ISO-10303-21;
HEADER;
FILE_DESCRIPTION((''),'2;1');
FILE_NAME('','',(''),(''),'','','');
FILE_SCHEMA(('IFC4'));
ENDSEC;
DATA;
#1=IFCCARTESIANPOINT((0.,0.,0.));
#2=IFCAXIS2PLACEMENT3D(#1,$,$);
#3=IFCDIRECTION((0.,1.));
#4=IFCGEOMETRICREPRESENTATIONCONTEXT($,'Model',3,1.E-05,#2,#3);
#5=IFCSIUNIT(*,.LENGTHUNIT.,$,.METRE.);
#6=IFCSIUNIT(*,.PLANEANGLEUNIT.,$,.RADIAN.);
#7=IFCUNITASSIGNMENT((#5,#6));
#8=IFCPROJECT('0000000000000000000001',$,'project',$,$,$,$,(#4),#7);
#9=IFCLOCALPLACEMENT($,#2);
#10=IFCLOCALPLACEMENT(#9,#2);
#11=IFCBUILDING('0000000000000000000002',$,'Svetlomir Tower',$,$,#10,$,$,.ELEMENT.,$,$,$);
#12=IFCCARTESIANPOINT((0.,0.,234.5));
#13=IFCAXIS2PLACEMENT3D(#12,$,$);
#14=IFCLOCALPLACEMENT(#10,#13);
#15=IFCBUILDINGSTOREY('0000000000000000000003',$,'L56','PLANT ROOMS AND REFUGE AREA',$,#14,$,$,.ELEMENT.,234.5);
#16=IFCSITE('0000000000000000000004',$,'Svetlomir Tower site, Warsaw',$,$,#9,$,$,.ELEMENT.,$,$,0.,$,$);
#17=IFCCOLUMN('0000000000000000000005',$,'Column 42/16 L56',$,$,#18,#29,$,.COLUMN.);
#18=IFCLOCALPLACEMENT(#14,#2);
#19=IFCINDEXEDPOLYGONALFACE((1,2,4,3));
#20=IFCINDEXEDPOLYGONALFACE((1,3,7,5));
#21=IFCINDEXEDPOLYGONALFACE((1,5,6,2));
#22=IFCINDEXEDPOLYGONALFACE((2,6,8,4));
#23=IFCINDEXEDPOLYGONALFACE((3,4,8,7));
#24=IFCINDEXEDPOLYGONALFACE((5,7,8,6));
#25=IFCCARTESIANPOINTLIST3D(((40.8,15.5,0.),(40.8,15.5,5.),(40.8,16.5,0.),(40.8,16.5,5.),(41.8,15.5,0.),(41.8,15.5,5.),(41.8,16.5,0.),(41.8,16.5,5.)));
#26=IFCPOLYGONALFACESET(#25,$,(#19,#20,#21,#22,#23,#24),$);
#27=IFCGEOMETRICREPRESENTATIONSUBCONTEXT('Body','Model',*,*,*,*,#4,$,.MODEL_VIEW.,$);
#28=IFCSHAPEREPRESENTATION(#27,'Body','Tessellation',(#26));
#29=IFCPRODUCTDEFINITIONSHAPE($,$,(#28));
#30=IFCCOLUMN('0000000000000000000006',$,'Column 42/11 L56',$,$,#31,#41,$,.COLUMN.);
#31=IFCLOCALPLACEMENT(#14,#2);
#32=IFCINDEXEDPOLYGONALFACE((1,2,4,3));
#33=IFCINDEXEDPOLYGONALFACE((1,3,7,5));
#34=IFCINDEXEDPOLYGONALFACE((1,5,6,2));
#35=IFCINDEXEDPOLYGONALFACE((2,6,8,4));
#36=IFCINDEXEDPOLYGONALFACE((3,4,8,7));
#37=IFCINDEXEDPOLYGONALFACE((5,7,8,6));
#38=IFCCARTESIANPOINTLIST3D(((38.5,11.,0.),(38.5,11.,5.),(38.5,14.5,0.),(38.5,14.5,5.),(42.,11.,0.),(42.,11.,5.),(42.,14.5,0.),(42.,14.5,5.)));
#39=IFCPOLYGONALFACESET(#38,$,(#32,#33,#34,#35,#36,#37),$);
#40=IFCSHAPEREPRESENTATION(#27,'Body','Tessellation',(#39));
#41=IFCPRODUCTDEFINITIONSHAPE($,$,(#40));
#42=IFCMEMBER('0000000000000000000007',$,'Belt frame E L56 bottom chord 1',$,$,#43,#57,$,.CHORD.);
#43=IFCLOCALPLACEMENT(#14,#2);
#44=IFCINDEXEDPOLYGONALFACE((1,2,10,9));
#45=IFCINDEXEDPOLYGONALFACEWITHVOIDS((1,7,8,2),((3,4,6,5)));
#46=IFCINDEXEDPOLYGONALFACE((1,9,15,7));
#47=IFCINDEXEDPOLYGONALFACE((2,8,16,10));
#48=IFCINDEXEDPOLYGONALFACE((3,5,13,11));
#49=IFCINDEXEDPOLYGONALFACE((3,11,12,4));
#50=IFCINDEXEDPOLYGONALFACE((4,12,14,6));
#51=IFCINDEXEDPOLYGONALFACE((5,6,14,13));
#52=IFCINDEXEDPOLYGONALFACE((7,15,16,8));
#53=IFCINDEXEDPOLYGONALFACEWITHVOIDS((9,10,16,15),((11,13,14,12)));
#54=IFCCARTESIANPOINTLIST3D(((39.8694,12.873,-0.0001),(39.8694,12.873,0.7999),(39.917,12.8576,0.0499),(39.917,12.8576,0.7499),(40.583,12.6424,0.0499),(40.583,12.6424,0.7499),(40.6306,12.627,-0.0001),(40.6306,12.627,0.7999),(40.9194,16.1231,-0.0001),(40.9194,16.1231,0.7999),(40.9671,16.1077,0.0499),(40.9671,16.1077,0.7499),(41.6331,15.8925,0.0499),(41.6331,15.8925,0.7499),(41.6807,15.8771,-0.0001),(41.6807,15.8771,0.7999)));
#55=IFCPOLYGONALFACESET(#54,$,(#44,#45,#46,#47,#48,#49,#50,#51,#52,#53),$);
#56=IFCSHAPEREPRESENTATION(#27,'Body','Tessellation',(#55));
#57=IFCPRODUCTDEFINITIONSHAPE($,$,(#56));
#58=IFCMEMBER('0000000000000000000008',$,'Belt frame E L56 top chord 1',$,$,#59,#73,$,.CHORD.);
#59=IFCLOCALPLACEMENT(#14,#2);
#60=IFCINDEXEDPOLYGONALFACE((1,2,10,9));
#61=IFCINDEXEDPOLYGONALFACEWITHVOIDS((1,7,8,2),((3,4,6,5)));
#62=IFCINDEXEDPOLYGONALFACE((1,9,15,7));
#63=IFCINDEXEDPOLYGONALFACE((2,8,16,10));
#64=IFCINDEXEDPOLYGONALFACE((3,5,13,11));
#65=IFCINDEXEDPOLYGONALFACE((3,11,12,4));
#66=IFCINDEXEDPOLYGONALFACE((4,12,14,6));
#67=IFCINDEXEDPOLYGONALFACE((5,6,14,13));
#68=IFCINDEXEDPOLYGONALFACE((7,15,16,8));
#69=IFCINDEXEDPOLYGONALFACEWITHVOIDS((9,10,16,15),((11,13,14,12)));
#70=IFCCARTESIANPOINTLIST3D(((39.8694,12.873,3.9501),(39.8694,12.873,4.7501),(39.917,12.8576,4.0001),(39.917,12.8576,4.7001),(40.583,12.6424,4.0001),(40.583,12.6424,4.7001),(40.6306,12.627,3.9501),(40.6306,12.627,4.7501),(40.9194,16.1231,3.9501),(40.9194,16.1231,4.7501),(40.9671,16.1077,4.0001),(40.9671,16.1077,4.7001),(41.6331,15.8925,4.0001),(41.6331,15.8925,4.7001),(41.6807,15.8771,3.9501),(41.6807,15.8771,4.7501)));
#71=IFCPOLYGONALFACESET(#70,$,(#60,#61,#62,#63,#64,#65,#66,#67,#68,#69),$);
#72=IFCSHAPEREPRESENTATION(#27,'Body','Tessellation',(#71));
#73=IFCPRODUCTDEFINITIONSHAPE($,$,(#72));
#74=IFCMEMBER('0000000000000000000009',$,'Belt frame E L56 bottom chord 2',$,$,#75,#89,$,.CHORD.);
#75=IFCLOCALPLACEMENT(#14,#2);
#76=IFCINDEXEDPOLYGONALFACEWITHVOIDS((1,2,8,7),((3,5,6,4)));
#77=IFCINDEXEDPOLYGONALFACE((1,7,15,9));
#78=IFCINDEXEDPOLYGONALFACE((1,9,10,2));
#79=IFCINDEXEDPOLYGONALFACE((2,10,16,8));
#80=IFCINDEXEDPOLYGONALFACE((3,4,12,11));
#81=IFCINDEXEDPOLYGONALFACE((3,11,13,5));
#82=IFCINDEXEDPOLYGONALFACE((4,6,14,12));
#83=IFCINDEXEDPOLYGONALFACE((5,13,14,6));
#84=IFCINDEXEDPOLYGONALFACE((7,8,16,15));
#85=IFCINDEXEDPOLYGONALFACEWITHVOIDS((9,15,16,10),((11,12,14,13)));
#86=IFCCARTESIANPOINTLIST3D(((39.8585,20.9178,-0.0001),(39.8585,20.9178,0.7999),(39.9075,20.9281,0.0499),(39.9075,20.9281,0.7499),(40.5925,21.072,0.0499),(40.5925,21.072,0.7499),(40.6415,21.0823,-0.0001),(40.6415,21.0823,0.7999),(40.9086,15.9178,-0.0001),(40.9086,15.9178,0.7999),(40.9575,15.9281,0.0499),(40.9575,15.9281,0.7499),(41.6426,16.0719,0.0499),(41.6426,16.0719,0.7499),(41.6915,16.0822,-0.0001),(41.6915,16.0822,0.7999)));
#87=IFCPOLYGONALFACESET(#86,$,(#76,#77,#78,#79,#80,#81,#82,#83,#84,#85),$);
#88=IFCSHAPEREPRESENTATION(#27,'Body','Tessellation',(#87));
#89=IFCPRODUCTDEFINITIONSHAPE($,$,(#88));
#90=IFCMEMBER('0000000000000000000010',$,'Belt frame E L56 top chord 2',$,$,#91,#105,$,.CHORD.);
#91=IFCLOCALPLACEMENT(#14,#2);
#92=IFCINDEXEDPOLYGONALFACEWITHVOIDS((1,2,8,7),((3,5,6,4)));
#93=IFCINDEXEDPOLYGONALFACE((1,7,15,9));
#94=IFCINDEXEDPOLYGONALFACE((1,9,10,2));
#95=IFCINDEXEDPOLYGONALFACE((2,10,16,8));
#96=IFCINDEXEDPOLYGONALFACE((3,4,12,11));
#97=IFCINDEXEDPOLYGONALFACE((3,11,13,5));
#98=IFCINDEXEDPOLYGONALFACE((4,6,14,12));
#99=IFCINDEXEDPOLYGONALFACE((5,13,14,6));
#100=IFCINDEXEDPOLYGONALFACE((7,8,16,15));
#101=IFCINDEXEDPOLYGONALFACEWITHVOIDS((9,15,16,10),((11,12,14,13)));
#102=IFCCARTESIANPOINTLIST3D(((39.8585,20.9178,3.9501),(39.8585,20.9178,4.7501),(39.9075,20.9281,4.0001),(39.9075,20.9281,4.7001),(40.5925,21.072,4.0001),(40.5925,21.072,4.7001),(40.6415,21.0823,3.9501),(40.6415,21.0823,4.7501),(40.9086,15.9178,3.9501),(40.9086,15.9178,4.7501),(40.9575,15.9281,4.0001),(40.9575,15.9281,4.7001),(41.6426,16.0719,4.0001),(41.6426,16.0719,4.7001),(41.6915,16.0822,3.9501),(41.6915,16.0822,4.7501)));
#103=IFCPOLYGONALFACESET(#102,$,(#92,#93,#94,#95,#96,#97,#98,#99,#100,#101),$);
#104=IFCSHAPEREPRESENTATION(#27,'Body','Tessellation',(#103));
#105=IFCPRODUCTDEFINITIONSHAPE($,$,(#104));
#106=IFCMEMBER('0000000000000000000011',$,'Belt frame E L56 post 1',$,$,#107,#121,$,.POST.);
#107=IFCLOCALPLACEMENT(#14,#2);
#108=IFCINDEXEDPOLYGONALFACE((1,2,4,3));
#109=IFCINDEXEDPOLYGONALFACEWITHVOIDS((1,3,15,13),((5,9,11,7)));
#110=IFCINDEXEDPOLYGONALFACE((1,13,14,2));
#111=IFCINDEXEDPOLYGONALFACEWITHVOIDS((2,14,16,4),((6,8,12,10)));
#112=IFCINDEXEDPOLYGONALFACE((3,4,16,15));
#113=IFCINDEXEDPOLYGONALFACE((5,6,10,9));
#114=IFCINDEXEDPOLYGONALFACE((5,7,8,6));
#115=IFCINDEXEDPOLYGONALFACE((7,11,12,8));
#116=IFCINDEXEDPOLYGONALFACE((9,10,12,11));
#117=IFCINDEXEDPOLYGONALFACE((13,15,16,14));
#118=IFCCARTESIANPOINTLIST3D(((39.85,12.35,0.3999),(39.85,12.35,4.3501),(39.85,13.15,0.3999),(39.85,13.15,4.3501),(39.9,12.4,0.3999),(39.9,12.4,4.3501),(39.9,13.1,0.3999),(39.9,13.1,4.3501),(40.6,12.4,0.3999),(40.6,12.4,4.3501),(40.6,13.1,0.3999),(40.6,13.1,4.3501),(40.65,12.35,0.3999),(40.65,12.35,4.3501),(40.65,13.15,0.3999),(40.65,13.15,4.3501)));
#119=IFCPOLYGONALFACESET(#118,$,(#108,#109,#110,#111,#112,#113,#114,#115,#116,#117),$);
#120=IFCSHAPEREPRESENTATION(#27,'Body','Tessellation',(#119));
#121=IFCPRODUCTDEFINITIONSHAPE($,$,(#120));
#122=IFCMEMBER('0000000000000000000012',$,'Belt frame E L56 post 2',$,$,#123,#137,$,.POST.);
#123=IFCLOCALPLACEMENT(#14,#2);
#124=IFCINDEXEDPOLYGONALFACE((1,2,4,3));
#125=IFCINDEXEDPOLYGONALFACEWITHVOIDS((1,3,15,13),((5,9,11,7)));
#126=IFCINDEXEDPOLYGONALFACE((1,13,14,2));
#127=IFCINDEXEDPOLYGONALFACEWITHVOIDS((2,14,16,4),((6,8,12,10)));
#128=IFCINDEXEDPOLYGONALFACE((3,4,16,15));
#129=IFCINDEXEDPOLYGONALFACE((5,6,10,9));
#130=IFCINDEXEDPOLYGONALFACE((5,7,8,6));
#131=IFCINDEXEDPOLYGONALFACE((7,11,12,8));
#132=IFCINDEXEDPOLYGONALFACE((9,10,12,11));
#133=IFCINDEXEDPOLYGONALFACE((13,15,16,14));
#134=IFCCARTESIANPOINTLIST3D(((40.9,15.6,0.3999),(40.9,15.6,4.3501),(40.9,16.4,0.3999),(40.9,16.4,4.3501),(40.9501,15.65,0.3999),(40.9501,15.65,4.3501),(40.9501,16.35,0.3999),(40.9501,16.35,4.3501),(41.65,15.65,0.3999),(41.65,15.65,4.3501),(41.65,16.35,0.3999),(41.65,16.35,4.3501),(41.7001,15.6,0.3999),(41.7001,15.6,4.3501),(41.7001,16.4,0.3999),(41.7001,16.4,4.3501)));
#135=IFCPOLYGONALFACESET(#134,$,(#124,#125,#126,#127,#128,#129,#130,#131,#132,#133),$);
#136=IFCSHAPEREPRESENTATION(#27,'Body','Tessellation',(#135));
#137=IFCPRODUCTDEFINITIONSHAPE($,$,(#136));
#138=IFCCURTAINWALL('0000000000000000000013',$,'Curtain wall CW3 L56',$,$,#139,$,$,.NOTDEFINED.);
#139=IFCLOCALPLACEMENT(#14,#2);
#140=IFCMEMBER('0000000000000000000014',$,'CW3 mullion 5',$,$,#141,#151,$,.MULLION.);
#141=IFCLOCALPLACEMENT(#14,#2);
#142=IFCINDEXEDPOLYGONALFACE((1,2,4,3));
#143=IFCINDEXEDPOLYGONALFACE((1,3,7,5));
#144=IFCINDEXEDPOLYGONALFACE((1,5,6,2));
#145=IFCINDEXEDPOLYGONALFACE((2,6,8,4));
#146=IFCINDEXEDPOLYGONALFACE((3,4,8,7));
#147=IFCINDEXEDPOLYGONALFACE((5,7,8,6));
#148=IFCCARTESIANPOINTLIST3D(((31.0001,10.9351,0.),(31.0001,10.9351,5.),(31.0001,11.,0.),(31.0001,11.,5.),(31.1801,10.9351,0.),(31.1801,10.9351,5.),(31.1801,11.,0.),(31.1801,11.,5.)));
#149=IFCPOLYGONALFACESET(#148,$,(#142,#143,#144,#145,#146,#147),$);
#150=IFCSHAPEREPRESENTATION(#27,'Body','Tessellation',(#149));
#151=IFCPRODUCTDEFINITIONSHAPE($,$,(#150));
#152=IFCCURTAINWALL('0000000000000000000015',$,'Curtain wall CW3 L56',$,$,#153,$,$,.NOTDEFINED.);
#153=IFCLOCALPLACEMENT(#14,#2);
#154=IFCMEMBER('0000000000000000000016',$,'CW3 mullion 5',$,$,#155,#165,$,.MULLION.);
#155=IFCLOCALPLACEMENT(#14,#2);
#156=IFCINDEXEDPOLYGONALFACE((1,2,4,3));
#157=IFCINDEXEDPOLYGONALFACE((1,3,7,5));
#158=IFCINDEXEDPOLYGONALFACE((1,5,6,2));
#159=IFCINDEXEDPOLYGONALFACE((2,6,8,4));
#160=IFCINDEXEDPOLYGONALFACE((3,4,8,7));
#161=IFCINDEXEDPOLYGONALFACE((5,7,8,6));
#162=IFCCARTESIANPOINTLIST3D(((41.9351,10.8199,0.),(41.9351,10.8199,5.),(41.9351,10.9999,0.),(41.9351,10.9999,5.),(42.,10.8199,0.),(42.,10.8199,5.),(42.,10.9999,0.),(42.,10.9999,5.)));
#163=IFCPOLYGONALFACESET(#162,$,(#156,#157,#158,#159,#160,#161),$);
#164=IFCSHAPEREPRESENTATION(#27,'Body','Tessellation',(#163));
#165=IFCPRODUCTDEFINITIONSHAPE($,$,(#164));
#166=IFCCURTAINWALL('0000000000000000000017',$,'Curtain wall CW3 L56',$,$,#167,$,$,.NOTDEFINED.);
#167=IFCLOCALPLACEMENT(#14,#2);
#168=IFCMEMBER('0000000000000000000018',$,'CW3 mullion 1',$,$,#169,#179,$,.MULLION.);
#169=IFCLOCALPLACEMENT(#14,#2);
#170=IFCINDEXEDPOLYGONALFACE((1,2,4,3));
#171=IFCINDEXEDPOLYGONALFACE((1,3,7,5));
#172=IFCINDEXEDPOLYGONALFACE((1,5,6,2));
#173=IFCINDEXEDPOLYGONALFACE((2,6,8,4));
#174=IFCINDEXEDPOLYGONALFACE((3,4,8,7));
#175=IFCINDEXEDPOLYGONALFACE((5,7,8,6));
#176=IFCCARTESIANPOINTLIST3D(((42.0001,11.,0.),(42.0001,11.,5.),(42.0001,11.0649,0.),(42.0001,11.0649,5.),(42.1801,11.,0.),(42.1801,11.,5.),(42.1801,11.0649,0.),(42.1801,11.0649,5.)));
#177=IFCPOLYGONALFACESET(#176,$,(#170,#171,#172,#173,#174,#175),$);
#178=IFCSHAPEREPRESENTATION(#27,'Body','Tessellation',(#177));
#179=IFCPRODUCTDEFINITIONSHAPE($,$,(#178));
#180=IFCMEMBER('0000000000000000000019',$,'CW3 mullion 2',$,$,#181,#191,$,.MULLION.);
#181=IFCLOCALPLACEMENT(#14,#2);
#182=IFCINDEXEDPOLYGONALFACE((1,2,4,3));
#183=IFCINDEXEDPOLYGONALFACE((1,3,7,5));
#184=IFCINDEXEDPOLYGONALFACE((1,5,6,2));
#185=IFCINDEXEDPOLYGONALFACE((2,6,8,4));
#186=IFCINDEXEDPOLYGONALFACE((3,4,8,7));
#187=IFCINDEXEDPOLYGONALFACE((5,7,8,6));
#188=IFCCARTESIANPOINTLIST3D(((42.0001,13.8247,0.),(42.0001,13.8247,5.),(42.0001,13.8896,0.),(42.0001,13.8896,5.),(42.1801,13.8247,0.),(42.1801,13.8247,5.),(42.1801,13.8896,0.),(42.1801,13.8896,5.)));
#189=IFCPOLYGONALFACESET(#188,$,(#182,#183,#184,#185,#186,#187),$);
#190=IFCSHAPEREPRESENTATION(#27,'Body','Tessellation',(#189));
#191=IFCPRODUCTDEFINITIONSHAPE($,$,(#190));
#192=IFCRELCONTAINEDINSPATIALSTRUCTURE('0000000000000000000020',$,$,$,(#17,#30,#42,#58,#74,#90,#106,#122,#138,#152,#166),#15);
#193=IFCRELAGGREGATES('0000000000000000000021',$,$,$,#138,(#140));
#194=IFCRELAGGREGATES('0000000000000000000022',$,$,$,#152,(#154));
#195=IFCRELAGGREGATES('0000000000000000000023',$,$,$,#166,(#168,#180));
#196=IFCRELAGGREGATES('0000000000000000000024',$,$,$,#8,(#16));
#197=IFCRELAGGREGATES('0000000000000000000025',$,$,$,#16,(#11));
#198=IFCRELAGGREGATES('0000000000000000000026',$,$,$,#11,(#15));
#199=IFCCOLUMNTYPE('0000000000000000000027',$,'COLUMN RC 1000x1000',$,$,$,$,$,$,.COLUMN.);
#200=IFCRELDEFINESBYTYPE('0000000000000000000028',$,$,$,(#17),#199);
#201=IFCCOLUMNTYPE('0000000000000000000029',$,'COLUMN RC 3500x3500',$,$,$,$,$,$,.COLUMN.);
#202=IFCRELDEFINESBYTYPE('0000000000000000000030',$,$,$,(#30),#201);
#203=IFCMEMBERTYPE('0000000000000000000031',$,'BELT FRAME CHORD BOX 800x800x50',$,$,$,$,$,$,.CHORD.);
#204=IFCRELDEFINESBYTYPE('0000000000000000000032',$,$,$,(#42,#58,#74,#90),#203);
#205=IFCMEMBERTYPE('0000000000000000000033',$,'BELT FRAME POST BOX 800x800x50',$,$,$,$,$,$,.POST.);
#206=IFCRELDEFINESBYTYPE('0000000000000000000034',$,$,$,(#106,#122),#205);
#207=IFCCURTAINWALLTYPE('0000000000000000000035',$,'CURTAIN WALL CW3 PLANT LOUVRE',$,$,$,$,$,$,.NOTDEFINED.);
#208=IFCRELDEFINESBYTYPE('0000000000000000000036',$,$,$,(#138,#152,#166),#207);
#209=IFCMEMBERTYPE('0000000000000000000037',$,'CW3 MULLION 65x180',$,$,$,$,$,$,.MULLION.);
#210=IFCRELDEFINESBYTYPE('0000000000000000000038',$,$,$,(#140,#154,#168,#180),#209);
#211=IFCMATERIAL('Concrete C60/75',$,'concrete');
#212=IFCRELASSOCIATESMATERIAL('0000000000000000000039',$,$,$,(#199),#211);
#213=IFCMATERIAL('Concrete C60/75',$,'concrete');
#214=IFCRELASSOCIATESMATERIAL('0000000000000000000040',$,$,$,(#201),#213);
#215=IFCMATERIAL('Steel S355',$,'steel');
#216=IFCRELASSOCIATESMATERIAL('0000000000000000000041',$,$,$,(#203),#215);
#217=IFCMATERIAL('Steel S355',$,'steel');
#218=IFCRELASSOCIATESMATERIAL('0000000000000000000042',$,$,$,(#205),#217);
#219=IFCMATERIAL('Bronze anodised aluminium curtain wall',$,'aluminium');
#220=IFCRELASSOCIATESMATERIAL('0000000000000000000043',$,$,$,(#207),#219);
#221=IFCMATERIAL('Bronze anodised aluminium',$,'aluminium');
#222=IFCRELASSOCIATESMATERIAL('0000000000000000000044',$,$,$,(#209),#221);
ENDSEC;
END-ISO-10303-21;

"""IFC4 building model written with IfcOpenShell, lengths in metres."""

from ifc_helpers import new_model, si_unit, direction, frame, origin, origin_2d, place, context, subcontext, project, spatial, rectangle, hollow_rectangle, extrude, material, material_profile, profile_set, type_object, element, aggregate, save


model = new_model("IFC4")

# Units and contexts
model_context = context("Model", 3, precision=1e-05, world=origin(), true_north=direction((0.0, 1.0)))
body_context = subcontext(model_context, "Body", "Model", "MODEL_VIEW")
ifc_project = project(units=[si_unit("LENGTHUNIT", "METRE"), si_unit("PLANEANGLEUNIT", "RADIAN")], contexts=[model_context])

# Site, building, storey
site_placement = place(None, origin())
site = spatial("IfcSite", under=ifc_project, at=site_placement, Name="Svetlomir Tower site, Warsaw", CompositionType="ELEMENT", RefElevation=0.0)
building_placement = place(site_placement, origin())
building = spatial("IfcBuilding", under=site, at=building_placement, Name="Svetlomir Tower", CompositionType="ELEMENT")
storey_placement = place(building_placement, frame((0.0, 0.0, 234.5)))
storey = spatial("IfcBuildingStorey", under=building, at=storey_placement, Name="L56", Description="PLANT ROOMS AND REFUGE AREA", CompositionType="ELEMENT", Elevation=234.5)

# Columns
ifc_material_1 = material(Name="Concrete C60/75", Category="concrete")
ifc_material_profile_1 = material_profile(ifc_material_1, rectangle(XDim=1.0, YDim=1.0, at=origin_2d()), Name="RC 1000x1000")
ifc_profile_set_1 = profile_set([ifc_material_profile_1], Name="Concrete C60/75")
column_type_1 = type_object("IfcColumnType", Name="COLUMN RC 1000x1000", PredefinedType="COLUMN", material=ifc_profile_set_1)
column_1_placement = place(storey_placement, frame((41.3, 16.0, 0.0), z_axis=(0.0, 0.0, 1.0), x_axis=(1.0, 0.0, 0.0)))
element("IfcColumn", 1, at=column_1_placement, inside=storey, type_object=column_type_1, Name="Column 42/16 L56", PredefinedType="COLUMN", context=body_context, shape_type="SweptSolid", body=[
    extrude(rectangle(XDim=1.0, YDim=1.0, at=origin_2d()), origin(), (0.0, 0.0, 1.0), 5.0),
])
ifc_material_2 = material(Name="Concrete C60/75", Category="concrete")
ifc_material_profile_2 = material_profile(ifc_material_2, rectangle(XDim=3.5, YDim=3.5, at=origin_2d()), Name="RC 3500x3500")
ifc_profile_set_2 = profile_set([ifc_material_profile_2], Name="Concrete C60/75")
column_type_2 = type_object("IfcColumnType", Name="COLUMN RC 3500x3500", PredefinedType="COLUMN", material=ifc_profile_set_2)
column_2_placement = place(storey_placement, frame((40.25, 12.75, 0.0), z_axis=(0.0, 0.0, 1.0), x_axis=(1.0, 0.0, 0.0)))
element("IfcColumn", 2, at=column_2_placement, inside=storey, type_object=column_type_2, Name="Column 42/11 L56", PredefinedType="COLUMN", context=body_context, shape_type="SweptSolid", body=[
    extrude(rectangle(XDim=3.5, YDim=3.5, at=origin_2d()), origin(), (0.0, 0.0, 1.0), 5.0),
])

# Members
ifc_material_3 = material(Name="Steel S355", Category="steel")
ifc_material_profile_3 = material_profile(ifc_material_3, hollow_rectangle(XDim=0.8, YDim=0.8, WallThickness=0.05, at=origin_2d()), Name="BOX 800x800x50")
ifc_profile_set_3 = profile_set([ifc_material_profile_3], Name="Steel S355")
member_type_1 = type_object("IfcMemberType", Name="BELT FRAME CHORD BOX 800x800x50", PredefinedType="CHORD", material=ifc_profile_set_3)
for number, where, z_axis, x_axis, name in (
    (3, (40.25, 12.75, 0.3999), (0.307443, 0.951566, 0.0), (-0.951566, 0.307443, 0.0), "Belt frame E L56 bottom chord 1"),
    (4, (40.25, 12.75, 4.3501), (0.307443, 0.951566, 0.0), (-0.951566, 0.307443, 0.0), "Belt frame E L56 top chord 1"),
):
    element("IfcMember", number, at=place(storey_placement, frame(where, z_axis=z_axis, x_axis=x_axis)), inside=storey, type_object=member_type_1, Name=name, PredefinedType="CHORD", context=body_context, shape_type="SweptSolid", body=[
        extrude(hollow_rectangle(XDim=0.8, YDim=0.8, WallThickness=0.05, at=origin_2d()), origin(), (0.0, 0.0, 1.0), 3.4155),
    ])
for number, where, z_axis, x_axis, name in (
    (5, (41.3, 16.0, 0.3999), (-0.205526, 0.978652, 0.0), (-0.978652, -0.205526, 0.0), "Belt frame E L56 bottom chord 2"),
    (6, (41.3, 16.0, 4.3501), (-0.205526, 0.978652, 0.0), (-0.978652, -0.205526, 0.0), "Belt frame E L56 top chord 2"),
):
    element("IfcMember", number, at=place(storey_placement, frame(where, z_axis=z_axis, x_axis=x_axis)), inside=storey, type_object=member_type_1, Name=name, PredefinedType="CHORD", context=body_context, shape_type="SweptSolid", body=[
        extrude(hollow_rectangle(XDim=0.8, YDim=0.8, WallThickness=0.05, at=origin_2d()), origin(), (0.0, 0.0, 1.0), 5.1091),
    ])
ifc_material_4 = material(Name="Steel S355", Category="steel")
ifc_material_profile_4 = material_profile(ifc_material_4, hollow_rectangle(XDim=0.8, YDim=0.8, WallThickness=0.05, at=origin_2d()), Name="BOX 800x800x50")
ifc_profile_set_4 = profile_set([ifc_material_profile_4], Name="Steel S355")
member_type_2 = type_object("IfcMemberType", Name="BELT FRAME POST BOX 800x800x50", PredefinedType="POST", material=ifc_profile_set_4)
for number, where, z_axis, x_axis, name in (
    (7, (40.25, 12.75, 0.3999), (0.0, 0.0, 1.0), (1.0, 0.0, 0.0), "Belt frame E L56 post 1"),
    (8, (41.3, 16.0, 0.3999), (0.0, 0.0, 1.0), (1.0, 0.0, 0.0), "Belt frame E L56 post 2"),
):
    element("IfcMember", number, at=place(storey_placement, frame(where, z_axis=z_axis, x_axis=x_axis)), inside=storey, type_object=member_type_2, Name=name, PredefinedType="POST", context=body_context, shape_type="SweptSolid", body=[
        extrude(hollow_rectangle(XDim=0.8, YDim=0.8, WallThickness=0.05, at=origin_2d()), origin(), (0.0, 0.0, 1.0), 3.9502),
    ])

# Curtain walls, members
ifc_material_5 = material(Name="Bronze anodised aluminium curtain wall", Category="aluminium")
curtain_wall_type = type_object("IfcCurtainWallType", Name="CURTAIN WALL CW3 PLANT LOUVRE", PredefinedType="NOTDEFINED", material=ifc_material_5)
curtain_wall_1_placement = place(storey_placement, origin())
curtain_wall_1 = element("IfcCurtainWall", 9, at=curtain_wall_1_placement, inside=storey, type_object=curtain_wall_type, Name="Curtain wall CW3 L56", PredefinedType="NOTDEFINED")
ifc_material_6 = material(Name="Bronze anodised aluminium", Category="aluminium")
ifc_material_profile_5 = material_profile(ifc_material_6, rectangle(XDim=0.0649, YDim=0.1799, at=origin_2d()), Name="AL 65x180")
ifc_profile_set_5 = profile_set([ifc_material_profile_5], Name="Bronze anodised aluminium 6063-T6")
member_type_3 = type_object("IfcMemberType", Name="CW3 MULLION 65x180", PredefinedType="MULLION", material=ifc_profile_set_5)
member_1_placement = place(storey_placement, frame((31.0901, 10.9675, 0.0), z_axis=(0.0, 0.0, 1.0), x_axis=(0.0, 1.0, 0.0)))
member_1 = element("IfcMember", 10, at=member_1_placement, type_object=member_type_3, Name="CW3 mullion 5", PredefinedType="MULLION", context=body_context, shape_type="SweptSolid", body=[
    extrude(rectangle(XDim=0.0649, YDim=0.1799, at=origin_2d()), origin(), (0.0, 0.0, 1.0), 5.0),
])
aggregate(curtain_wall_1, [member_1])
curtain_wall_2_placement = place(storey_placement, origin())
curtain_wall_2 = element("IfcCurtainWall", 11, at=curtain_wall_2_placement, inside=storey, type_object=curtain_wall_type, Name="Curtain wall CW3 L56", PredefinedType="NOTDEFINED")
member_2_placement = place(storey_placement, frame((41.9675, 10.9099, 0.0), z_axis=(0.0, 0.0, 1.0), x_axis=(1.0, 0.0, 0.0)))
member_2 = element("IfcMember", 12, at=member_2_placement, type_object=member_type_3, Name="CW3 mullion 5", PredefinedType="MULLION", context=body_context, shape_type="SweptSolid", body=[
    extrude(rectangle(XDim=0.0649, YDim=0.1799, at=origin_2d()), origin(), (0.0, 0.0, 1.0), 5.0),
])

# Curtain wall, members
curtain_wall_3_placement = place(storey_placement, origin())
curtain_wall_3 = element("IfcCurtainWall", 13, at=curtain_wall_3_placement, inside=storey, type_object=curtain_wall_type, Name="Curtain wall CW3 L56", PredefinedType="NOTDEFINED")
member_3_placement = place(storey_placement, frame((42.0901, 11.0325, 0.0), z_axis=(0.0, 0.0, 1.0), x_axis=(0.0, 1.0, 0.0)))
member_3 = element("IfcMember", 14, at=member_3_placement, type_object=member_type_3, Name="CW3 mullion 1", PredefinedType="MULLION", context=body_context, shape_type="SweptSolid", body=[
    extrude(rectangle(XDim=0.0649, YDim=0.1799, at=origin_2d()), origin(), (0.0, 0.0, 1.0), 5.0),
])
member_4_placement = place(storey_placement, frame((42.0901, 13.8572, 0.0), z_axis=(0.0, 0.0, 1.0), x_axis=(0.0, 1.0, 0.0)))
member_4 = element("IfcMember", 15, at=member_4_placement, type_object=member_type_3, Name="CW3 mullion 2", PredefinedType="MULLION", context=body_context, shape_type="SweptSolid", body=[
    extrude(rectangle(XDim=0.0649, YDim=0.1799, at=origin_2d()), origin(), (0.0, 0.0, 1.0), 5.0),
])

aggregate(curtain_wall_2, [member_2])
aggregate(curtain_wall_3, [member_3, member_4])

save(model, "model.ifc")
